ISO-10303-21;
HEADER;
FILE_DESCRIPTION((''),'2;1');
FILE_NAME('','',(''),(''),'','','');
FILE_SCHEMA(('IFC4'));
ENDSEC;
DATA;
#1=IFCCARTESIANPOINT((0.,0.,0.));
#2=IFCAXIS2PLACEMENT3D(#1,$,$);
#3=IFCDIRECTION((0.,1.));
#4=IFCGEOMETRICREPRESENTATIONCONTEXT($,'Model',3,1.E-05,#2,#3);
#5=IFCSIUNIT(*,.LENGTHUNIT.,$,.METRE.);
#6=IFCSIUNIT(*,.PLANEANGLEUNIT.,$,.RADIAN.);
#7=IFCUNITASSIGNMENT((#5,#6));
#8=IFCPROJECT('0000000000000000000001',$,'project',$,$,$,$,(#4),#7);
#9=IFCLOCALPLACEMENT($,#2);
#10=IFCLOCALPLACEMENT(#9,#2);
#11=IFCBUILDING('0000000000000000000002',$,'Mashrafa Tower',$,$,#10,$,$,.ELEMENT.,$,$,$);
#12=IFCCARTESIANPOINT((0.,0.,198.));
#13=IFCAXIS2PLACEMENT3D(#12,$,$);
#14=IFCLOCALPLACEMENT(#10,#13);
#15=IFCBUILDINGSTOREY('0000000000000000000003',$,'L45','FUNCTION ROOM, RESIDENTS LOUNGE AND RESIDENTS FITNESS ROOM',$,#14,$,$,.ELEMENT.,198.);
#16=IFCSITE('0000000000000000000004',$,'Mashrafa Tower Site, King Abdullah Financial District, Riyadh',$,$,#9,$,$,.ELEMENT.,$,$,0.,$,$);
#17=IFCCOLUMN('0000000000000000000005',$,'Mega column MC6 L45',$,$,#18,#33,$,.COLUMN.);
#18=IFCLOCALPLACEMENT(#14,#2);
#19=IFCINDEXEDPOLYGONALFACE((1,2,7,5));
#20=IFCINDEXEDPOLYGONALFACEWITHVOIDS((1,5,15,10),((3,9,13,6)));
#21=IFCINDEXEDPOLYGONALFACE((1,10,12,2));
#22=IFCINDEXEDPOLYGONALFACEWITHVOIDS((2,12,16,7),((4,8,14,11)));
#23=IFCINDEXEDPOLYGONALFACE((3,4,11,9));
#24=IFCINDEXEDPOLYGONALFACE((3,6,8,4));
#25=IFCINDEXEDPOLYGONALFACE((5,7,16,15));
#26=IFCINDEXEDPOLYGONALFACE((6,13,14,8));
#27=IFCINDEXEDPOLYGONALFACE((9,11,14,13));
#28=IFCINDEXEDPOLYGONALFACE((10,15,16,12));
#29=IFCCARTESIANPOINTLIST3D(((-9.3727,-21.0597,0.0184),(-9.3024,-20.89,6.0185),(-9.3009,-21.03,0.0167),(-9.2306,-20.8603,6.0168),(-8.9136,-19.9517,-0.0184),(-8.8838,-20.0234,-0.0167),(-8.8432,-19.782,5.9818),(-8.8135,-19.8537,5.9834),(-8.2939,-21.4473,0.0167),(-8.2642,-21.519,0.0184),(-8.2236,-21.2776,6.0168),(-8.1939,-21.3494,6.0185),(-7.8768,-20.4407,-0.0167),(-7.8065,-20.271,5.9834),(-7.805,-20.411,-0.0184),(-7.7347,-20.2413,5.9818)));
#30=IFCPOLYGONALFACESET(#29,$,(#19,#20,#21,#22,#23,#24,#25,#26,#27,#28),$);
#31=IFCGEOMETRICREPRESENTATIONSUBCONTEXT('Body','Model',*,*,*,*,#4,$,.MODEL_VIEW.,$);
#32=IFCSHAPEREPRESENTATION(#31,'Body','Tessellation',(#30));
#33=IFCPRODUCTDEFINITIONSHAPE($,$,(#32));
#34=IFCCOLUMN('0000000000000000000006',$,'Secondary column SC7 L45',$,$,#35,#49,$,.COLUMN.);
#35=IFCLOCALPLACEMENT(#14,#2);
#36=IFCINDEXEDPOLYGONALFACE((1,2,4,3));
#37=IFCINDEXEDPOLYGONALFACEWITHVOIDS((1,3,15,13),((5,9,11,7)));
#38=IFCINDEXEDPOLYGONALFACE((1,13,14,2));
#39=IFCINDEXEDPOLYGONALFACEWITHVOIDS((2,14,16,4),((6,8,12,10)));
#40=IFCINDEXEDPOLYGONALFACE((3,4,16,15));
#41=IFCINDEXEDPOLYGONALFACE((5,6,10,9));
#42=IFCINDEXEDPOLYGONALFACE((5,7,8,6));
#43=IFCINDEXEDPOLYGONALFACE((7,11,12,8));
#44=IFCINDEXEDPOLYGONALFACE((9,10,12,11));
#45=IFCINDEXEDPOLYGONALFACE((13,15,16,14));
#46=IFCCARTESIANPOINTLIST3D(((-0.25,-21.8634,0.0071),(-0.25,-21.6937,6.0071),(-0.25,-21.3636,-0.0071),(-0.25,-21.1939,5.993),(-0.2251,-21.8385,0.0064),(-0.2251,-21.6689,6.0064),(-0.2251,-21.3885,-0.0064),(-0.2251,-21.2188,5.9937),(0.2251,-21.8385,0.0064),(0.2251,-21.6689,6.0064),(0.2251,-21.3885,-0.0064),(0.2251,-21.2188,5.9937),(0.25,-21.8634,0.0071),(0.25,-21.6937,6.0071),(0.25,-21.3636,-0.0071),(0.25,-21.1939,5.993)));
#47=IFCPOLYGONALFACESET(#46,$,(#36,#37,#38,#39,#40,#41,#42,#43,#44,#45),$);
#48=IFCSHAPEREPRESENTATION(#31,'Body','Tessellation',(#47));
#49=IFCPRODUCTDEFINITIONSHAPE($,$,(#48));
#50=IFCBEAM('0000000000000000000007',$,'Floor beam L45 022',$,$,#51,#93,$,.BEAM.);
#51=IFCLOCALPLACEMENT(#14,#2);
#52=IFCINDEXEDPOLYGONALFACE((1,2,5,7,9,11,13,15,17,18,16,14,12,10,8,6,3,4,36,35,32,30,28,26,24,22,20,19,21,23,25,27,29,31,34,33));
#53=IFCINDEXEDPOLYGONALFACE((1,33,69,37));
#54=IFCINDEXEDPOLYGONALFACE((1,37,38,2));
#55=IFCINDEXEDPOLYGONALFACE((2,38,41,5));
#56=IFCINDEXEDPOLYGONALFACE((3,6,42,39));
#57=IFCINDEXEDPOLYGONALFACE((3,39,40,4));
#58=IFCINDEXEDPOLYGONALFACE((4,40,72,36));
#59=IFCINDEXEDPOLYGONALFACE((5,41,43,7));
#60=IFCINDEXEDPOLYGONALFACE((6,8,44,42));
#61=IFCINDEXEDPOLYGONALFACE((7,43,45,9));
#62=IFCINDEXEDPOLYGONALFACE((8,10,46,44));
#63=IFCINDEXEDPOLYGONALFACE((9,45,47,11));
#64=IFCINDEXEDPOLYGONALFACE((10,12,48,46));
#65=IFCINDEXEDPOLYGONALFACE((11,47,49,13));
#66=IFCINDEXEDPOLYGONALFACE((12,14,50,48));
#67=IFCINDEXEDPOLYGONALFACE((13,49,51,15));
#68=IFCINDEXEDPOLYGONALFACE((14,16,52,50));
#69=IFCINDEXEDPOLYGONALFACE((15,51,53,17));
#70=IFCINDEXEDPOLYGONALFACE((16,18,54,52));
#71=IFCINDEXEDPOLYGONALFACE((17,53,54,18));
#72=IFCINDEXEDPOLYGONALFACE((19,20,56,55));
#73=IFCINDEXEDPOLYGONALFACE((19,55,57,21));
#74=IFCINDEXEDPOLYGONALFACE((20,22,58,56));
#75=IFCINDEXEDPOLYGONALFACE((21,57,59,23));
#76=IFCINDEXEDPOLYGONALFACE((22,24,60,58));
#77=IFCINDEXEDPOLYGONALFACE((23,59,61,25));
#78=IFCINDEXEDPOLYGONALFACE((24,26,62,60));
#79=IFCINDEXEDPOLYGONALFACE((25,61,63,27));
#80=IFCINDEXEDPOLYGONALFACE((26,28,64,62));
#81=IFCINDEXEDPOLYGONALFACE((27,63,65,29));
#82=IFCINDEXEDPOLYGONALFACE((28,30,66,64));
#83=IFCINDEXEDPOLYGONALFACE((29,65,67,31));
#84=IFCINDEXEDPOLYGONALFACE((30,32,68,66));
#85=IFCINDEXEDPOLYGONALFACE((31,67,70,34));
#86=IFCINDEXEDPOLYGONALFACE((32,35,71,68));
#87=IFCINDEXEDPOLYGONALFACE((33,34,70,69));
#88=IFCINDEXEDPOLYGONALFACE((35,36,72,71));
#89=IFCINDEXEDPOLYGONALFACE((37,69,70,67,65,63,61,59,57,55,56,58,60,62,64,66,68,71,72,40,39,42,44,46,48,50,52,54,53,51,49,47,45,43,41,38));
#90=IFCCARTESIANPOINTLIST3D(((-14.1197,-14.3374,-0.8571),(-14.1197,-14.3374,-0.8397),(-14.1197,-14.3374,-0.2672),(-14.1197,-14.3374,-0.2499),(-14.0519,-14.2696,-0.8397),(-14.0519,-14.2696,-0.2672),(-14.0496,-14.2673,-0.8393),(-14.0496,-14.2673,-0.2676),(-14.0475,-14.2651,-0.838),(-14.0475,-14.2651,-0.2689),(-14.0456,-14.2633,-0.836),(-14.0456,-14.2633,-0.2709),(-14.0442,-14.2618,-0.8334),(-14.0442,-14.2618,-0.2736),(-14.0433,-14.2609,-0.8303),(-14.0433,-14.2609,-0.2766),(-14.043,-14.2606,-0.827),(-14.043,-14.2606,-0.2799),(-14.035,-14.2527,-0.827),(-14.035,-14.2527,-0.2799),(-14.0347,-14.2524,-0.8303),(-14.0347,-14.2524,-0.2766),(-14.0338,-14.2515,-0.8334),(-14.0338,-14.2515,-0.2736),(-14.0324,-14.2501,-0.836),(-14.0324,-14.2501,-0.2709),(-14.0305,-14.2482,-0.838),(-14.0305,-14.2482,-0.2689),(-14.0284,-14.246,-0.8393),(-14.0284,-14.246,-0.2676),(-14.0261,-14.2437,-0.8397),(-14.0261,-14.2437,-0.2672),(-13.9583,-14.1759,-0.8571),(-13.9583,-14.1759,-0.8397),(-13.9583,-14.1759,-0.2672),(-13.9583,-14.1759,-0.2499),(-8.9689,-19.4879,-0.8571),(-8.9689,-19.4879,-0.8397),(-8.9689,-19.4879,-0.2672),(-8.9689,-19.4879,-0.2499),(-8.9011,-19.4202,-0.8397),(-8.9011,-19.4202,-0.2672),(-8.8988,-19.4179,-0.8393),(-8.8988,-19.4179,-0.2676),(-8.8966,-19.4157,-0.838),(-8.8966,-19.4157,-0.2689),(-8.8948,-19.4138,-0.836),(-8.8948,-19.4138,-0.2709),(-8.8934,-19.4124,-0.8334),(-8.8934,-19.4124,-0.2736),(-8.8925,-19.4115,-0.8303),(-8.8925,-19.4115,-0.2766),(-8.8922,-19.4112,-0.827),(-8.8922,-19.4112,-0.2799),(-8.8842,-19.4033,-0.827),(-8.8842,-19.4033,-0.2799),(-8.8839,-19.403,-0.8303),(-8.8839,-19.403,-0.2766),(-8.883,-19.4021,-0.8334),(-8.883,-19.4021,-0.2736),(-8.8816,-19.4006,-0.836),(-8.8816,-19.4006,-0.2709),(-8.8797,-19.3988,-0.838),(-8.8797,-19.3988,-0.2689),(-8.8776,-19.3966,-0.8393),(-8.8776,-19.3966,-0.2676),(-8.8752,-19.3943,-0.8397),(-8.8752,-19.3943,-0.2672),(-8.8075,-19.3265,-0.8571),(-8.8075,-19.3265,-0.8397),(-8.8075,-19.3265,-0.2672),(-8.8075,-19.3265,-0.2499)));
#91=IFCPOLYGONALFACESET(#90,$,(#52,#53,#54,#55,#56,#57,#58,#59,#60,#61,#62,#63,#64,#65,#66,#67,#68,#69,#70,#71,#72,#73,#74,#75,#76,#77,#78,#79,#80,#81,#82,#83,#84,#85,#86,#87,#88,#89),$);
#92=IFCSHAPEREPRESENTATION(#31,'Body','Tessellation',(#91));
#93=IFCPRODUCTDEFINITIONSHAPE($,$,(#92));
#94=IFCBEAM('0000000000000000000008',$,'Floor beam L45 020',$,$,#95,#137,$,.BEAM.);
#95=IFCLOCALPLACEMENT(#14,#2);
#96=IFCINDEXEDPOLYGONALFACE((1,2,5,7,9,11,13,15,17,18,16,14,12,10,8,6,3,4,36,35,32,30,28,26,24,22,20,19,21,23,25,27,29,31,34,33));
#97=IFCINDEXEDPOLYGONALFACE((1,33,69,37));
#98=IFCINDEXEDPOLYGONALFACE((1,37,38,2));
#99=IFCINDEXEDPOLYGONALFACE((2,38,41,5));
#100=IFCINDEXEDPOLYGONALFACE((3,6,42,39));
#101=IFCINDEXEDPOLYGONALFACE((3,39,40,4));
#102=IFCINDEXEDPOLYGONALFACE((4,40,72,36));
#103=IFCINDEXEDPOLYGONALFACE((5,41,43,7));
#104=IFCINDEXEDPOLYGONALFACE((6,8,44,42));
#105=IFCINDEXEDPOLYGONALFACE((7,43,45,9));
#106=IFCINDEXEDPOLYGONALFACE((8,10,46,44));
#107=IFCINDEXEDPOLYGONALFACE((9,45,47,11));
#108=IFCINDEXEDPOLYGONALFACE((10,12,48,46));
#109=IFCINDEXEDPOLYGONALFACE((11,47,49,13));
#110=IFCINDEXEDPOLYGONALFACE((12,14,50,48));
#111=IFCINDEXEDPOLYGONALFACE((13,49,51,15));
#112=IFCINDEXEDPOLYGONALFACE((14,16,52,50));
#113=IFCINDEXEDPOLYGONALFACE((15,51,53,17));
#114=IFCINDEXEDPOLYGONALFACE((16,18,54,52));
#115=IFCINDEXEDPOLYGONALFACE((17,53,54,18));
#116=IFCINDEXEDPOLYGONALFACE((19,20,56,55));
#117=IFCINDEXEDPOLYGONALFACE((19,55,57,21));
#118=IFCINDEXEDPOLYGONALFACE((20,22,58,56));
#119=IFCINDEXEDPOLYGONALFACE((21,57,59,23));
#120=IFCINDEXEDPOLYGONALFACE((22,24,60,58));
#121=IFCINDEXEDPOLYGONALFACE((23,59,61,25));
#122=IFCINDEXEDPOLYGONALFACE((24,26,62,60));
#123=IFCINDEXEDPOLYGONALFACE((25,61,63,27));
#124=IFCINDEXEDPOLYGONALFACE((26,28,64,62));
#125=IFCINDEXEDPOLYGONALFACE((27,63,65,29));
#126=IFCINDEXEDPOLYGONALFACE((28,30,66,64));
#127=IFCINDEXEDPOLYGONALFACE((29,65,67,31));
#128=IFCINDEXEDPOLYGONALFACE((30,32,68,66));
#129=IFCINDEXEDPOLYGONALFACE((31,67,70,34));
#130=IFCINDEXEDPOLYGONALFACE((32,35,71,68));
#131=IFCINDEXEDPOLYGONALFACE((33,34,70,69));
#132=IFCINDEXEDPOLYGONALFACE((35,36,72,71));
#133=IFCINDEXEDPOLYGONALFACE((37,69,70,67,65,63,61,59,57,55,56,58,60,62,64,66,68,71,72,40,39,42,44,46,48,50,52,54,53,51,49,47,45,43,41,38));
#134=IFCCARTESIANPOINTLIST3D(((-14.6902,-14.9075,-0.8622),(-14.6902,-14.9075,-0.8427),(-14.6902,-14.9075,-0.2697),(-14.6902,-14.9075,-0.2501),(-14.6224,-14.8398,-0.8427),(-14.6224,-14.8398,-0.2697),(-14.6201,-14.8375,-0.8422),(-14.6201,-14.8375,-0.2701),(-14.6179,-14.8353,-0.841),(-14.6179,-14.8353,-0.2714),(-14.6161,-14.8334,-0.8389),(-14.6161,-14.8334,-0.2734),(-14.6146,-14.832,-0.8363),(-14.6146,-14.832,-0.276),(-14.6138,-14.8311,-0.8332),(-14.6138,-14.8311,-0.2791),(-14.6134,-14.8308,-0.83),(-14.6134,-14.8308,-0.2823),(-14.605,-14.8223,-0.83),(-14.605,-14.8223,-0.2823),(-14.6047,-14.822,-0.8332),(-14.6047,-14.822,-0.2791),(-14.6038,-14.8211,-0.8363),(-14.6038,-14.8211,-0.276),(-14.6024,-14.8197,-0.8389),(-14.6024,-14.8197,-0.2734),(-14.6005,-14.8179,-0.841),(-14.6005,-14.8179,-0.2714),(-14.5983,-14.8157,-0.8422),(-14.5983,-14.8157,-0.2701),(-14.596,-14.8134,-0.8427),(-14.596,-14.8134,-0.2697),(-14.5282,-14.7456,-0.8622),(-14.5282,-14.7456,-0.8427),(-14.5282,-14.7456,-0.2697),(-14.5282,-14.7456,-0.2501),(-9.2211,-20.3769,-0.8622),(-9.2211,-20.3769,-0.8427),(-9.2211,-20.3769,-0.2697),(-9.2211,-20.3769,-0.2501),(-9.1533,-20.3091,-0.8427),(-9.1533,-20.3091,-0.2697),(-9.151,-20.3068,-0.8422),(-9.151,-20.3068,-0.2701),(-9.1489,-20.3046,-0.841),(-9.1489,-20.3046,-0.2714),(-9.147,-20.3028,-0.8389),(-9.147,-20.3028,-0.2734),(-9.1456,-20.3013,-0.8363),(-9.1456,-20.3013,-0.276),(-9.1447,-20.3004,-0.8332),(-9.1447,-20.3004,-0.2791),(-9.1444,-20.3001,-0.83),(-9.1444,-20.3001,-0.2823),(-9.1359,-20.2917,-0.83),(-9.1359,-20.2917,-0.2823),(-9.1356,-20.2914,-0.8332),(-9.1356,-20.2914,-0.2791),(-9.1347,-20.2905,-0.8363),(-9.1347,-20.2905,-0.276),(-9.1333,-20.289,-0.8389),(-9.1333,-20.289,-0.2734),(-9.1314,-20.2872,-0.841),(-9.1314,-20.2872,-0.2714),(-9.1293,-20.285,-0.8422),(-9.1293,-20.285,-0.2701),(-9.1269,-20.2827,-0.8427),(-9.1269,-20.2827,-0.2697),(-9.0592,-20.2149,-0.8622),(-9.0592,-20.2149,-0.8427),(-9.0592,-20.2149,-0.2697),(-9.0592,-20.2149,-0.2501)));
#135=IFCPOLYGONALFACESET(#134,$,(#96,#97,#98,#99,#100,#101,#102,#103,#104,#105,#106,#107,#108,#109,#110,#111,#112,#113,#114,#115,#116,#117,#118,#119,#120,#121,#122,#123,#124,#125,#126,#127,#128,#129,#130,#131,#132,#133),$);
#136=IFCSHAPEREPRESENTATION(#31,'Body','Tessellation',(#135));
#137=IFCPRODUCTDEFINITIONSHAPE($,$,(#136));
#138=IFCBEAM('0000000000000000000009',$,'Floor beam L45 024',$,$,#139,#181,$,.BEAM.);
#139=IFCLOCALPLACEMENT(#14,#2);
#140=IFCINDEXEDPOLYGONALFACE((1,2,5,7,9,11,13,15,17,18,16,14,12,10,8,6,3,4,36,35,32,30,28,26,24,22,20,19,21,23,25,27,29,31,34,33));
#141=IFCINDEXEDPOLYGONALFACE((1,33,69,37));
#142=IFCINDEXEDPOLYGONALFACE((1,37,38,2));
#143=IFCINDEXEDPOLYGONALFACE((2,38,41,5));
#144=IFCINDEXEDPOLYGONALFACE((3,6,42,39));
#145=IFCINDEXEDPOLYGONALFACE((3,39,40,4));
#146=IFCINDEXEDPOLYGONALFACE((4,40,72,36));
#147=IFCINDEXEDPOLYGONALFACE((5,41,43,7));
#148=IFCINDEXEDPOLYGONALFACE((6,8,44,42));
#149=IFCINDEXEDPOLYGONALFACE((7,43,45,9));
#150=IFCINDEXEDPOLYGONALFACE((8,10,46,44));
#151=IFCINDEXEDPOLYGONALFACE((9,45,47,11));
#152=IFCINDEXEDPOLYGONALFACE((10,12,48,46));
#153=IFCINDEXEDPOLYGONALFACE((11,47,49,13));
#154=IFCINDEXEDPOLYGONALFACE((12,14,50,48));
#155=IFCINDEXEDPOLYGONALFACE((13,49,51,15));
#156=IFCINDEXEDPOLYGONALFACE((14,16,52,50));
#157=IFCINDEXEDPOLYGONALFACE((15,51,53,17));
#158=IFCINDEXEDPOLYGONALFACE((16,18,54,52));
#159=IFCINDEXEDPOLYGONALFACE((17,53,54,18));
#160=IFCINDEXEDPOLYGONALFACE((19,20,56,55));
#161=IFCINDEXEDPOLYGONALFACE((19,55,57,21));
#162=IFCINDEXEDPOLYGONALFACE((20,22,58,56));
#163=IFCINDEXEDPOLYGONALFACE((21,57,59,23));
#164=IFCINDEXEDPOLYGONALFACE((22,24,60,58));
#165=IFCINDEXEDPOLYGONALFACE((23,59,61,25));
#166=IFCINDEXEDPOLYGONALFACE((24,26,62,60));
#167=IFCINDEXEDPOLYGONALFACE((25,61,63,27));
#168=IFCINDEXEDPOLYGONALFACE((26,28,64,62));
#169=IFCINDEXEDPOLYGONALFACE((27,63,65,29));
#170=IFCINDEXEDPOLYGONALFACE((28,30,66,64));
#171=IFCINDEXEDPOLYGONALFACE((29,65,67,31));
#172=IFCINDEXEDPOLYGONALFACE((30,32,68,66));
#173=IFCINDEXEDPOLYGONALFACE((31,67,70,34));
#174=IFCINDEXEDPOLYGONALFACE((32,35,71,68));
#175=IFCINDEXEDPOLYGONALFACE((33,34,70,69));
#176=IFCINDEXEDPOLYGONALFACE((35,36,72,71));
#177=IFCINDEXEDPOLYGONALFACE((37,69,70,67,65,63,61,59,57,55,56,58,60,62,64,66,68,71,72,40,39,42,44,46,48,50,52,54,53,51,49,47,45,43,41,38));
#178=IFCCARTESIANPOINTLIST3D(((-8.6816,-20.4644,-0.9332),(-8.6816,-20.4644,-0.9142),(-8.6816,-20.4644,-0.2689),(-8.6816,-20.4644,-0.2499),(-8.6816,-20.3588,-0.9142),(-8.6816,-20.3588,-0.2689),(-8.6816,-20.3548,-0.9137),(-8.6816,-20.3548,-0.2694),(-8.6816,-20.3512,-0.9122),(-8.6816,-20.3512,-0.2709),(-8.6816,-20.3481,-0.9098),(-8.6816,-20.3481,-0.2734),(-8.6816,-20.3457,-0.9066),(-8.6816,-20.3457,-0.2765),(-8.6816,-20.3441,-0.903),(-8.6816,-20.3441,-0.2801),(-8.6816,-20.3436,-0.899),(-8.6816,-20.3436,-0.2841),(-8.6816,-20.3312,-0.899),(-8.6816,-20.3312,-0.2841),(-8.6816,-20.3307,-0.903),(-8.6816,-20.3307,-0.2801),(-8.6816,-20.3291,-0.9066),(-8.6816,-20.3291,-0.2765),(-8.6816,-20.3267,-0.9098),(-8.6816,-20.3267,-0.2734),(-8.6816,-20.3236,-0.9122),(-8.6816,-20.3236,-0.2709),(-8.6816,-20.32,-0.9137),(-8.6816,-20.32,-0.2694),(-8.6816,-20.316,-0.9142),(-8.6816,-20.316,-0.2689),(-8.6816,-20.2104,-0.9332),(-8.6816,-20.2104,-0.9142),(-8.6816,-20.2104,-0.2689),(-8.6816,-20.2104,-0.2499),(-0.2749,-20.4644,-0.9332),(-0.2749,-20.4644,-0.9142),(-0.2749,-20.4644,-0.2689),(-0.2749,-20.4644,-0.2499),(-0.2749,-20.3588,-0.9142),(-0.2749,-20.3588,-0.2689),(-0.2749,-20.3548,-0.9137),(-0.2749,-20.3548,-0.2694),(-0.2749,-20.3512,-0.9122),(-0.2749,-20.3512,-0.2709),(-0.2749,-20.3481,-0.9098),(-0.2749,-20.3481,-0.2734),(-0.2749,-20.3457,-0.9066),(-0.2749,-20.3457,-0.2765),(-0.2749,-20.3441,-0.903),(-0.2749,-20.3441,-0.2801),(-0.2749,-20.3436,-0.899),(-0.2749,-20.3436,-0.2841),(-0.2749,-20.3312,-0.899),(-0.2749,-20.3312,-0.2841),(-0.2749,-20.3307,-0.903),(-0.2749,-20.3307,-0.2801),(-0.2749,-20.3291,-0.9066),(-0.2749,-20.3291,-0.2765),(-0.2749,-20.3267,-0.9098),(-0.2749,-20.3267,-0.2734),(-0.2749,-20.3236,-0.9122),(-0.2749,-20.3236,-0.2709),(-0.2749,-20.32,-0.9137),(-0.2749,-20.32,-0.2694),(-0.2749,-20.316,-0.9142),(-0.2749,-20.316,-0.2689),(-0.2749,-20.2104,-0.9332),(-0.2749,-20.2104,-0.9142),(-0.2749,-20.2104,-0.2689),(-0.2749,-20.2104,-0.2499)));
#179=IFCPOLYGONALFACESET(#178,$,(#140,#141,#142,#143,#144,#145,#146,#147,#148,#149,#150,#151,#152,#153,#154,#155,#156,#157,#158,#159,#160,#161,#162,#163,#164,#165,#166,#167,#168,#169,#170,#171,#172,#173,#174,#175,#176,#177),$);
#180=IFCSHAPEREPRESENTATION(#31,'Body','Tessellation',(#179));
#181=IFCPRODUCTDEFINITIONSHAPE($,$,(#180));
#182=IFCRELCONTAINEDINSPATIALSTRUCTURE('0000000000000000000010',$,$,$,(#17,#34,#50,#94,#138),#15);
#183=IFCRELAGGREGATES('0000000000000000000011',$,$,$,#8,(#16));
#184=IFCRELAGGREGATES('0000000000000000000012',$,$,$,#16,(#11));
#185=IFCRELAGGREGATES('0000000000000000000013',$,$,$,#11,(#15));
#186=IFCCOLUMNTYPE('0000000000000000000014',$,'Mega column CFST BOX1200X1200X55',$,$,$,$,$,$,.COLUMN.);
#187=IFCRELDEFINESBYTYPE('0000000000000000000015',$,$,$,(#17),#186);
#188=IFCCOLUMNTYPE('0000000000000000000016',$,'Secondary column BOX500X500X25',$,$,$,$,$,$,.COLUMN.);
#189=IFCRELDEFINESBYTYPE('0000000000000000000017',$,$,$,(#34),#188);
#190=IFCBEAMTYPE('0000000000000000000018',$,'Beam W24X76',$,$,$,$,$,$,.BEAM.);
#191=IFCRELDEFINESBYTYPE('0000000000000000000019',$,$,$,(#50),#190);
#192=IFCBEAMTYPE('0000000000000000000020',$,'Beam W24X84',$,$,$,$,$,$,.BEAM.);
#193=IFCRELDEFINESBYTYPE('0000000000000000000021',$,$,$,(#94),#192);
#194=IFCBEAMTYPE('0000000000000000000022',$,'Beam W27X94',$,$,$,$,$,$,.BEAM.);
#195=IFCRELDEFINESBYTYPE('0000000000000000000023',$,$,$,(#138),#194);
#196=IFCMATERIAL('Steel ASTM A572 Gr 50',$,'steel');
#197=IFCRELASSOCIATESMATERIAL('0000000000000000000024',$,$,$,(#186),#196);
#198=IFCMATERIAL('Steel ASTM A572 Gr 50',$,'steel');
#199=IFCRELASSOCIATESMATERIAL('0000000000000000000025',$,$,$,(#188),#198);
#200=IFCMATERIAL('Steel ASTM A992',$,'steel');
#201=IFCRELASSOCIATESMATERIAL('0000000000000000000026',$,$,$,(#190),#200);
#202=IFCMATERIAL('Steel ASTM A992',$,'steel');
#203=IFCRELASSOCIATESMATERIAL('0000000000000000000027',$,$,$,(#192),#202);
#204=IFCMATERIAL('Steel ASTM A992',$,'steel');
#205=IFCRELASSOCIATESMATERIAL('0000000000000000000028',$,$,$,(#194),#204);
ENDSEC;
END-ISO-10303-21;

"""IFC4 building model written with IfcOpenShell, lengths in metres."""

from ifc_helpers import new_model, si_unit, direction, frame, origin, origin_2d, place, context, subcontext, project, spatial, hollow_rectangle, i_section, extrude, material, material_profile, profile_set, type_object, element, save


model = new_model("IFC4")

# Units and contexts
model_context = context("Model", 3, precision=1e-05, world=origin(), true_north=direction((0.0, 1.0)))
body_context = subcontext(model_context, "Body", "Model", "MODEL_VIEW")
ifc_project = project(units=[si_unit("LENGTHUNIT", "METRE"), si_unit("PLANEANGLEUNIT", "RADIAN")], contexts=[model_context])

# Site, building, storey
site_placement = place(None, origin())
site = spatial("IfcSite", under=ifc_project, at=site_placement, Name="Mashrafa Tower Site, King Abdullah Financial District, Riyadh", CompositionType="ELEMENT", RefElevation=0.0)
building_placement = place(site_placement, origin())
building = spatial("IfcBuilding", under=site, at=building_placement, Name="Mashrafa Tower", CompositionType="ELEMENT")
storey_placement = place(building_placement, frame((0.0, 0.0, 198.0)))
storey = spatial("IfcBuildingStorey", under=building, at=storey_placement, Name="L45", Description="FUNCTION ROOM, RESIDENTS LOUNGE AND RESIDENTS FITNESS ROOM", CompositionType="ELEMENT", Elevation=198.0)

# Columns
ifc_material_1 = material(Name="Steel ASTM A572 Gr 50", Category="steel")
ifc_material_profile_1 = material_profile(ifc_material_1, hollow_rectangle(XDim=1.2, YDim=1.2, WallThickness=0.0549, at=origin_2d()), Name="BOX1200X1200X55")
ifc_profile_set_1 = profile_set([ifc_material_profile_1], Name="Steel ASTM A572 Gr 50")
column_type_1 = type_object("IfcColumnType", Name="Mega column CFST BOX1200X1200X55", PredefinedType="COLUMN", material=ifc_profile_set_1)
column_1_placement = place(storey_placement, frame((-8.5889, -20.7354, 0.0), z_axis=(0.011713, 0.028266, 0.999532), x_axis=(-0.923822, 0.382821, 0.0)))
element("IfcColumn", 1, at=column_1_placement, inside=storey, type_object=column_type_1, Name="Mega column MC6 L45", PredefinedType="COLUMN", context=body_context, shape_type="SweptSolid", body=[
    extrude(hollow_rectangle(XDim=1.2, YDim=1.2, WallThickness=0.0549, at=origin_2d()), origin(), (0.0, 0.0, 1.0), 6.0029),
])
ifc_material_2 = material(Name="Steel ASTM A572 Gr 50", Category="steel")
ifc_material_profile_2 = material_profile(ifc_material_2, hollow_rectangle(XDim=0.5, YDim=0.5, WallThickness=0.0249, at=origin_2d()), Name="BOX500X500X25")
ifc_profile_set_2 = profile_set([ifc_material_profile_2], Name="Steel ASTM A572 Gr 50")
column_type_2 = type_object("IfcColumnType", Name="Secondary column BOX500X500X25", PredefinedType="COLUMN", material=ifc_profile_set_2)
column_2_placement = place(storey_placement, frame((0.0, -21.6135, 0.0), z_axis=(0.0, 0.028268, 0.9996), x_axis=(-1.0, 0.0, 0.0)))
element("IfcColumn", 2, at=column_2_placement, inside=storey, type_object=column_type_2, Name="Secondary column SC7 L45", PredefinedType="COLUMN", context=body_context, shape_type="SweptSolid", body=[
    extrude(hollow_rectangle(XDim=0.5, YDim=0.5, WallThickness=0.0249, at=origin_2d()), origin(), (0.0, 0.0, 1.0), 6.0024),
])

# Beams
ifc_material_3 = material(Name="Steel ASTM A992", Category="steel")
ifc_material_profile_3 = material_profile(ifc_material_3, i_section(OverallWidth=0.2283, OverallDepth=0.6072, WebThickness=0.0112, FlangeThickness=0.0173, FilletRadius=0.0127, at=origin_2d()), Name="W24X76")
ifc_profile_set_3 = profile_set([ifc_material_profile_3], Name="Steel ASTM A992")
beam_type_1 = type_object("IfcBeamType", Name="Beam W24X76", PredefinedType="BEAM", material=ifc_profile_set_3)
beam_1_placement = place(storey_placement, frame((-8.8882, -19.4072, -0.5535), z_axis=(-0.707124, 0.70709, 0.0), x_axis=(-0.70709, -0.707124, 0.0)))
element("IfcBeam", 3, at=beam_1_placement, inside=storey, type_object=beam_type_1, Name="Floor beam L45 022", PredefinedType="BEAM", context=body_context, shape_type="SweptSolid", body=[
    extrude(i_section(OverallWidth=0.2283, OverallDepth=0.6072, WebThickness=0.0112, FlangeThickness=0.0173, FilletRadius=0.0127, at=origin_2d()), origin(), (0.0, 0.0, 1.0), 7.2842),
])
ifc_material_4 = material(Name="Steel ASTM A992", Category="steel")
ifc_material_profile_4 = material_profile(ifc_material_4, i_section(OverallWidth=0.229, OverallDepth=0.6121, WebThickness=0.012, FlangeThickness=0.0195, FilletRadius=0.0127, at=origin_2d()), Name="W24X84")
ifc_profile_set_4 = profile_set([ifc_material_profile_4], Name="Steel ASTM A992")
beam_type_2 = type_object("IfcBeamType", Name="Beam W24X84", PredefinedType="BEAM", material=ifc_profile_set_4)
beam_2_placement = place(storey_placement, frame((-9.1401, -20.2959, -0.5562), z_axis=(-0.707091, 0.707123, 0.0), x_axis=(-0.707123, -0.707091, 0.0)))
element("IfcBeam", 4, at=beam_2_placement, inside=storey, type_object=beam_type_2, Name="Floor beam L45 020", PredefinedType="BEAM", context=body_context, shape_type="SweptSolid", body=[
    extrude(i_section(OverallWidth=0.229, OverallDepth=0.6121, WebThickness=0.012, FlangeThickness=0.0195, FilletRadius=0.0127, at=origin_2d()), origin(), (0.0, 0.0, 1.0), 7.7346),
])
ifc_material_5 = material(Name="Steel ASTM A992", Category="steel")
ifc_material_profile_5 = material_profile(ifc_material_5, i_section(OverallWidth=0.2539, OverallDepth=0.6833, WebThickness=0.0125, FlangeThickness=0.019, FilletRadius=0.0151, at=origin_2d()), Name="W27X94")
ifc_profile_set_5 = profile_set([ifc_material_profile_5], Name="Steel ASTM A992")
beam_type_3 = type_object("IfcBeamType", Name="Beam W27X94", PredefinedType="BEAM", material=ifc_profile_set_5)
beam_3_placement = place(storey_placement, frame((-0.2749, -20.3374, -0.5916), z_axis=(-1.0, 0.0, 0.0), x_axis=(0.0, -1.0, 0.0)))
element("IfcBeam", 5, at=beam_3_placement, inside=storey, type_object=beam_type_3, Name="Floor beam L45 024", PredefinedType="BEAM", context=body_context, shape_type="SweptSolid", body=[
    extrude(i_section(OverallWidth=0.2539, OverallDepth=0.6833, WebThickness=0.0125, FlangeThickness=0.019, FilletRadius=0.0151, at=origin_2d()), origin(), (0.0, 0.0, 1.0), 8.4067),
])

save(model, "model.ifc")
